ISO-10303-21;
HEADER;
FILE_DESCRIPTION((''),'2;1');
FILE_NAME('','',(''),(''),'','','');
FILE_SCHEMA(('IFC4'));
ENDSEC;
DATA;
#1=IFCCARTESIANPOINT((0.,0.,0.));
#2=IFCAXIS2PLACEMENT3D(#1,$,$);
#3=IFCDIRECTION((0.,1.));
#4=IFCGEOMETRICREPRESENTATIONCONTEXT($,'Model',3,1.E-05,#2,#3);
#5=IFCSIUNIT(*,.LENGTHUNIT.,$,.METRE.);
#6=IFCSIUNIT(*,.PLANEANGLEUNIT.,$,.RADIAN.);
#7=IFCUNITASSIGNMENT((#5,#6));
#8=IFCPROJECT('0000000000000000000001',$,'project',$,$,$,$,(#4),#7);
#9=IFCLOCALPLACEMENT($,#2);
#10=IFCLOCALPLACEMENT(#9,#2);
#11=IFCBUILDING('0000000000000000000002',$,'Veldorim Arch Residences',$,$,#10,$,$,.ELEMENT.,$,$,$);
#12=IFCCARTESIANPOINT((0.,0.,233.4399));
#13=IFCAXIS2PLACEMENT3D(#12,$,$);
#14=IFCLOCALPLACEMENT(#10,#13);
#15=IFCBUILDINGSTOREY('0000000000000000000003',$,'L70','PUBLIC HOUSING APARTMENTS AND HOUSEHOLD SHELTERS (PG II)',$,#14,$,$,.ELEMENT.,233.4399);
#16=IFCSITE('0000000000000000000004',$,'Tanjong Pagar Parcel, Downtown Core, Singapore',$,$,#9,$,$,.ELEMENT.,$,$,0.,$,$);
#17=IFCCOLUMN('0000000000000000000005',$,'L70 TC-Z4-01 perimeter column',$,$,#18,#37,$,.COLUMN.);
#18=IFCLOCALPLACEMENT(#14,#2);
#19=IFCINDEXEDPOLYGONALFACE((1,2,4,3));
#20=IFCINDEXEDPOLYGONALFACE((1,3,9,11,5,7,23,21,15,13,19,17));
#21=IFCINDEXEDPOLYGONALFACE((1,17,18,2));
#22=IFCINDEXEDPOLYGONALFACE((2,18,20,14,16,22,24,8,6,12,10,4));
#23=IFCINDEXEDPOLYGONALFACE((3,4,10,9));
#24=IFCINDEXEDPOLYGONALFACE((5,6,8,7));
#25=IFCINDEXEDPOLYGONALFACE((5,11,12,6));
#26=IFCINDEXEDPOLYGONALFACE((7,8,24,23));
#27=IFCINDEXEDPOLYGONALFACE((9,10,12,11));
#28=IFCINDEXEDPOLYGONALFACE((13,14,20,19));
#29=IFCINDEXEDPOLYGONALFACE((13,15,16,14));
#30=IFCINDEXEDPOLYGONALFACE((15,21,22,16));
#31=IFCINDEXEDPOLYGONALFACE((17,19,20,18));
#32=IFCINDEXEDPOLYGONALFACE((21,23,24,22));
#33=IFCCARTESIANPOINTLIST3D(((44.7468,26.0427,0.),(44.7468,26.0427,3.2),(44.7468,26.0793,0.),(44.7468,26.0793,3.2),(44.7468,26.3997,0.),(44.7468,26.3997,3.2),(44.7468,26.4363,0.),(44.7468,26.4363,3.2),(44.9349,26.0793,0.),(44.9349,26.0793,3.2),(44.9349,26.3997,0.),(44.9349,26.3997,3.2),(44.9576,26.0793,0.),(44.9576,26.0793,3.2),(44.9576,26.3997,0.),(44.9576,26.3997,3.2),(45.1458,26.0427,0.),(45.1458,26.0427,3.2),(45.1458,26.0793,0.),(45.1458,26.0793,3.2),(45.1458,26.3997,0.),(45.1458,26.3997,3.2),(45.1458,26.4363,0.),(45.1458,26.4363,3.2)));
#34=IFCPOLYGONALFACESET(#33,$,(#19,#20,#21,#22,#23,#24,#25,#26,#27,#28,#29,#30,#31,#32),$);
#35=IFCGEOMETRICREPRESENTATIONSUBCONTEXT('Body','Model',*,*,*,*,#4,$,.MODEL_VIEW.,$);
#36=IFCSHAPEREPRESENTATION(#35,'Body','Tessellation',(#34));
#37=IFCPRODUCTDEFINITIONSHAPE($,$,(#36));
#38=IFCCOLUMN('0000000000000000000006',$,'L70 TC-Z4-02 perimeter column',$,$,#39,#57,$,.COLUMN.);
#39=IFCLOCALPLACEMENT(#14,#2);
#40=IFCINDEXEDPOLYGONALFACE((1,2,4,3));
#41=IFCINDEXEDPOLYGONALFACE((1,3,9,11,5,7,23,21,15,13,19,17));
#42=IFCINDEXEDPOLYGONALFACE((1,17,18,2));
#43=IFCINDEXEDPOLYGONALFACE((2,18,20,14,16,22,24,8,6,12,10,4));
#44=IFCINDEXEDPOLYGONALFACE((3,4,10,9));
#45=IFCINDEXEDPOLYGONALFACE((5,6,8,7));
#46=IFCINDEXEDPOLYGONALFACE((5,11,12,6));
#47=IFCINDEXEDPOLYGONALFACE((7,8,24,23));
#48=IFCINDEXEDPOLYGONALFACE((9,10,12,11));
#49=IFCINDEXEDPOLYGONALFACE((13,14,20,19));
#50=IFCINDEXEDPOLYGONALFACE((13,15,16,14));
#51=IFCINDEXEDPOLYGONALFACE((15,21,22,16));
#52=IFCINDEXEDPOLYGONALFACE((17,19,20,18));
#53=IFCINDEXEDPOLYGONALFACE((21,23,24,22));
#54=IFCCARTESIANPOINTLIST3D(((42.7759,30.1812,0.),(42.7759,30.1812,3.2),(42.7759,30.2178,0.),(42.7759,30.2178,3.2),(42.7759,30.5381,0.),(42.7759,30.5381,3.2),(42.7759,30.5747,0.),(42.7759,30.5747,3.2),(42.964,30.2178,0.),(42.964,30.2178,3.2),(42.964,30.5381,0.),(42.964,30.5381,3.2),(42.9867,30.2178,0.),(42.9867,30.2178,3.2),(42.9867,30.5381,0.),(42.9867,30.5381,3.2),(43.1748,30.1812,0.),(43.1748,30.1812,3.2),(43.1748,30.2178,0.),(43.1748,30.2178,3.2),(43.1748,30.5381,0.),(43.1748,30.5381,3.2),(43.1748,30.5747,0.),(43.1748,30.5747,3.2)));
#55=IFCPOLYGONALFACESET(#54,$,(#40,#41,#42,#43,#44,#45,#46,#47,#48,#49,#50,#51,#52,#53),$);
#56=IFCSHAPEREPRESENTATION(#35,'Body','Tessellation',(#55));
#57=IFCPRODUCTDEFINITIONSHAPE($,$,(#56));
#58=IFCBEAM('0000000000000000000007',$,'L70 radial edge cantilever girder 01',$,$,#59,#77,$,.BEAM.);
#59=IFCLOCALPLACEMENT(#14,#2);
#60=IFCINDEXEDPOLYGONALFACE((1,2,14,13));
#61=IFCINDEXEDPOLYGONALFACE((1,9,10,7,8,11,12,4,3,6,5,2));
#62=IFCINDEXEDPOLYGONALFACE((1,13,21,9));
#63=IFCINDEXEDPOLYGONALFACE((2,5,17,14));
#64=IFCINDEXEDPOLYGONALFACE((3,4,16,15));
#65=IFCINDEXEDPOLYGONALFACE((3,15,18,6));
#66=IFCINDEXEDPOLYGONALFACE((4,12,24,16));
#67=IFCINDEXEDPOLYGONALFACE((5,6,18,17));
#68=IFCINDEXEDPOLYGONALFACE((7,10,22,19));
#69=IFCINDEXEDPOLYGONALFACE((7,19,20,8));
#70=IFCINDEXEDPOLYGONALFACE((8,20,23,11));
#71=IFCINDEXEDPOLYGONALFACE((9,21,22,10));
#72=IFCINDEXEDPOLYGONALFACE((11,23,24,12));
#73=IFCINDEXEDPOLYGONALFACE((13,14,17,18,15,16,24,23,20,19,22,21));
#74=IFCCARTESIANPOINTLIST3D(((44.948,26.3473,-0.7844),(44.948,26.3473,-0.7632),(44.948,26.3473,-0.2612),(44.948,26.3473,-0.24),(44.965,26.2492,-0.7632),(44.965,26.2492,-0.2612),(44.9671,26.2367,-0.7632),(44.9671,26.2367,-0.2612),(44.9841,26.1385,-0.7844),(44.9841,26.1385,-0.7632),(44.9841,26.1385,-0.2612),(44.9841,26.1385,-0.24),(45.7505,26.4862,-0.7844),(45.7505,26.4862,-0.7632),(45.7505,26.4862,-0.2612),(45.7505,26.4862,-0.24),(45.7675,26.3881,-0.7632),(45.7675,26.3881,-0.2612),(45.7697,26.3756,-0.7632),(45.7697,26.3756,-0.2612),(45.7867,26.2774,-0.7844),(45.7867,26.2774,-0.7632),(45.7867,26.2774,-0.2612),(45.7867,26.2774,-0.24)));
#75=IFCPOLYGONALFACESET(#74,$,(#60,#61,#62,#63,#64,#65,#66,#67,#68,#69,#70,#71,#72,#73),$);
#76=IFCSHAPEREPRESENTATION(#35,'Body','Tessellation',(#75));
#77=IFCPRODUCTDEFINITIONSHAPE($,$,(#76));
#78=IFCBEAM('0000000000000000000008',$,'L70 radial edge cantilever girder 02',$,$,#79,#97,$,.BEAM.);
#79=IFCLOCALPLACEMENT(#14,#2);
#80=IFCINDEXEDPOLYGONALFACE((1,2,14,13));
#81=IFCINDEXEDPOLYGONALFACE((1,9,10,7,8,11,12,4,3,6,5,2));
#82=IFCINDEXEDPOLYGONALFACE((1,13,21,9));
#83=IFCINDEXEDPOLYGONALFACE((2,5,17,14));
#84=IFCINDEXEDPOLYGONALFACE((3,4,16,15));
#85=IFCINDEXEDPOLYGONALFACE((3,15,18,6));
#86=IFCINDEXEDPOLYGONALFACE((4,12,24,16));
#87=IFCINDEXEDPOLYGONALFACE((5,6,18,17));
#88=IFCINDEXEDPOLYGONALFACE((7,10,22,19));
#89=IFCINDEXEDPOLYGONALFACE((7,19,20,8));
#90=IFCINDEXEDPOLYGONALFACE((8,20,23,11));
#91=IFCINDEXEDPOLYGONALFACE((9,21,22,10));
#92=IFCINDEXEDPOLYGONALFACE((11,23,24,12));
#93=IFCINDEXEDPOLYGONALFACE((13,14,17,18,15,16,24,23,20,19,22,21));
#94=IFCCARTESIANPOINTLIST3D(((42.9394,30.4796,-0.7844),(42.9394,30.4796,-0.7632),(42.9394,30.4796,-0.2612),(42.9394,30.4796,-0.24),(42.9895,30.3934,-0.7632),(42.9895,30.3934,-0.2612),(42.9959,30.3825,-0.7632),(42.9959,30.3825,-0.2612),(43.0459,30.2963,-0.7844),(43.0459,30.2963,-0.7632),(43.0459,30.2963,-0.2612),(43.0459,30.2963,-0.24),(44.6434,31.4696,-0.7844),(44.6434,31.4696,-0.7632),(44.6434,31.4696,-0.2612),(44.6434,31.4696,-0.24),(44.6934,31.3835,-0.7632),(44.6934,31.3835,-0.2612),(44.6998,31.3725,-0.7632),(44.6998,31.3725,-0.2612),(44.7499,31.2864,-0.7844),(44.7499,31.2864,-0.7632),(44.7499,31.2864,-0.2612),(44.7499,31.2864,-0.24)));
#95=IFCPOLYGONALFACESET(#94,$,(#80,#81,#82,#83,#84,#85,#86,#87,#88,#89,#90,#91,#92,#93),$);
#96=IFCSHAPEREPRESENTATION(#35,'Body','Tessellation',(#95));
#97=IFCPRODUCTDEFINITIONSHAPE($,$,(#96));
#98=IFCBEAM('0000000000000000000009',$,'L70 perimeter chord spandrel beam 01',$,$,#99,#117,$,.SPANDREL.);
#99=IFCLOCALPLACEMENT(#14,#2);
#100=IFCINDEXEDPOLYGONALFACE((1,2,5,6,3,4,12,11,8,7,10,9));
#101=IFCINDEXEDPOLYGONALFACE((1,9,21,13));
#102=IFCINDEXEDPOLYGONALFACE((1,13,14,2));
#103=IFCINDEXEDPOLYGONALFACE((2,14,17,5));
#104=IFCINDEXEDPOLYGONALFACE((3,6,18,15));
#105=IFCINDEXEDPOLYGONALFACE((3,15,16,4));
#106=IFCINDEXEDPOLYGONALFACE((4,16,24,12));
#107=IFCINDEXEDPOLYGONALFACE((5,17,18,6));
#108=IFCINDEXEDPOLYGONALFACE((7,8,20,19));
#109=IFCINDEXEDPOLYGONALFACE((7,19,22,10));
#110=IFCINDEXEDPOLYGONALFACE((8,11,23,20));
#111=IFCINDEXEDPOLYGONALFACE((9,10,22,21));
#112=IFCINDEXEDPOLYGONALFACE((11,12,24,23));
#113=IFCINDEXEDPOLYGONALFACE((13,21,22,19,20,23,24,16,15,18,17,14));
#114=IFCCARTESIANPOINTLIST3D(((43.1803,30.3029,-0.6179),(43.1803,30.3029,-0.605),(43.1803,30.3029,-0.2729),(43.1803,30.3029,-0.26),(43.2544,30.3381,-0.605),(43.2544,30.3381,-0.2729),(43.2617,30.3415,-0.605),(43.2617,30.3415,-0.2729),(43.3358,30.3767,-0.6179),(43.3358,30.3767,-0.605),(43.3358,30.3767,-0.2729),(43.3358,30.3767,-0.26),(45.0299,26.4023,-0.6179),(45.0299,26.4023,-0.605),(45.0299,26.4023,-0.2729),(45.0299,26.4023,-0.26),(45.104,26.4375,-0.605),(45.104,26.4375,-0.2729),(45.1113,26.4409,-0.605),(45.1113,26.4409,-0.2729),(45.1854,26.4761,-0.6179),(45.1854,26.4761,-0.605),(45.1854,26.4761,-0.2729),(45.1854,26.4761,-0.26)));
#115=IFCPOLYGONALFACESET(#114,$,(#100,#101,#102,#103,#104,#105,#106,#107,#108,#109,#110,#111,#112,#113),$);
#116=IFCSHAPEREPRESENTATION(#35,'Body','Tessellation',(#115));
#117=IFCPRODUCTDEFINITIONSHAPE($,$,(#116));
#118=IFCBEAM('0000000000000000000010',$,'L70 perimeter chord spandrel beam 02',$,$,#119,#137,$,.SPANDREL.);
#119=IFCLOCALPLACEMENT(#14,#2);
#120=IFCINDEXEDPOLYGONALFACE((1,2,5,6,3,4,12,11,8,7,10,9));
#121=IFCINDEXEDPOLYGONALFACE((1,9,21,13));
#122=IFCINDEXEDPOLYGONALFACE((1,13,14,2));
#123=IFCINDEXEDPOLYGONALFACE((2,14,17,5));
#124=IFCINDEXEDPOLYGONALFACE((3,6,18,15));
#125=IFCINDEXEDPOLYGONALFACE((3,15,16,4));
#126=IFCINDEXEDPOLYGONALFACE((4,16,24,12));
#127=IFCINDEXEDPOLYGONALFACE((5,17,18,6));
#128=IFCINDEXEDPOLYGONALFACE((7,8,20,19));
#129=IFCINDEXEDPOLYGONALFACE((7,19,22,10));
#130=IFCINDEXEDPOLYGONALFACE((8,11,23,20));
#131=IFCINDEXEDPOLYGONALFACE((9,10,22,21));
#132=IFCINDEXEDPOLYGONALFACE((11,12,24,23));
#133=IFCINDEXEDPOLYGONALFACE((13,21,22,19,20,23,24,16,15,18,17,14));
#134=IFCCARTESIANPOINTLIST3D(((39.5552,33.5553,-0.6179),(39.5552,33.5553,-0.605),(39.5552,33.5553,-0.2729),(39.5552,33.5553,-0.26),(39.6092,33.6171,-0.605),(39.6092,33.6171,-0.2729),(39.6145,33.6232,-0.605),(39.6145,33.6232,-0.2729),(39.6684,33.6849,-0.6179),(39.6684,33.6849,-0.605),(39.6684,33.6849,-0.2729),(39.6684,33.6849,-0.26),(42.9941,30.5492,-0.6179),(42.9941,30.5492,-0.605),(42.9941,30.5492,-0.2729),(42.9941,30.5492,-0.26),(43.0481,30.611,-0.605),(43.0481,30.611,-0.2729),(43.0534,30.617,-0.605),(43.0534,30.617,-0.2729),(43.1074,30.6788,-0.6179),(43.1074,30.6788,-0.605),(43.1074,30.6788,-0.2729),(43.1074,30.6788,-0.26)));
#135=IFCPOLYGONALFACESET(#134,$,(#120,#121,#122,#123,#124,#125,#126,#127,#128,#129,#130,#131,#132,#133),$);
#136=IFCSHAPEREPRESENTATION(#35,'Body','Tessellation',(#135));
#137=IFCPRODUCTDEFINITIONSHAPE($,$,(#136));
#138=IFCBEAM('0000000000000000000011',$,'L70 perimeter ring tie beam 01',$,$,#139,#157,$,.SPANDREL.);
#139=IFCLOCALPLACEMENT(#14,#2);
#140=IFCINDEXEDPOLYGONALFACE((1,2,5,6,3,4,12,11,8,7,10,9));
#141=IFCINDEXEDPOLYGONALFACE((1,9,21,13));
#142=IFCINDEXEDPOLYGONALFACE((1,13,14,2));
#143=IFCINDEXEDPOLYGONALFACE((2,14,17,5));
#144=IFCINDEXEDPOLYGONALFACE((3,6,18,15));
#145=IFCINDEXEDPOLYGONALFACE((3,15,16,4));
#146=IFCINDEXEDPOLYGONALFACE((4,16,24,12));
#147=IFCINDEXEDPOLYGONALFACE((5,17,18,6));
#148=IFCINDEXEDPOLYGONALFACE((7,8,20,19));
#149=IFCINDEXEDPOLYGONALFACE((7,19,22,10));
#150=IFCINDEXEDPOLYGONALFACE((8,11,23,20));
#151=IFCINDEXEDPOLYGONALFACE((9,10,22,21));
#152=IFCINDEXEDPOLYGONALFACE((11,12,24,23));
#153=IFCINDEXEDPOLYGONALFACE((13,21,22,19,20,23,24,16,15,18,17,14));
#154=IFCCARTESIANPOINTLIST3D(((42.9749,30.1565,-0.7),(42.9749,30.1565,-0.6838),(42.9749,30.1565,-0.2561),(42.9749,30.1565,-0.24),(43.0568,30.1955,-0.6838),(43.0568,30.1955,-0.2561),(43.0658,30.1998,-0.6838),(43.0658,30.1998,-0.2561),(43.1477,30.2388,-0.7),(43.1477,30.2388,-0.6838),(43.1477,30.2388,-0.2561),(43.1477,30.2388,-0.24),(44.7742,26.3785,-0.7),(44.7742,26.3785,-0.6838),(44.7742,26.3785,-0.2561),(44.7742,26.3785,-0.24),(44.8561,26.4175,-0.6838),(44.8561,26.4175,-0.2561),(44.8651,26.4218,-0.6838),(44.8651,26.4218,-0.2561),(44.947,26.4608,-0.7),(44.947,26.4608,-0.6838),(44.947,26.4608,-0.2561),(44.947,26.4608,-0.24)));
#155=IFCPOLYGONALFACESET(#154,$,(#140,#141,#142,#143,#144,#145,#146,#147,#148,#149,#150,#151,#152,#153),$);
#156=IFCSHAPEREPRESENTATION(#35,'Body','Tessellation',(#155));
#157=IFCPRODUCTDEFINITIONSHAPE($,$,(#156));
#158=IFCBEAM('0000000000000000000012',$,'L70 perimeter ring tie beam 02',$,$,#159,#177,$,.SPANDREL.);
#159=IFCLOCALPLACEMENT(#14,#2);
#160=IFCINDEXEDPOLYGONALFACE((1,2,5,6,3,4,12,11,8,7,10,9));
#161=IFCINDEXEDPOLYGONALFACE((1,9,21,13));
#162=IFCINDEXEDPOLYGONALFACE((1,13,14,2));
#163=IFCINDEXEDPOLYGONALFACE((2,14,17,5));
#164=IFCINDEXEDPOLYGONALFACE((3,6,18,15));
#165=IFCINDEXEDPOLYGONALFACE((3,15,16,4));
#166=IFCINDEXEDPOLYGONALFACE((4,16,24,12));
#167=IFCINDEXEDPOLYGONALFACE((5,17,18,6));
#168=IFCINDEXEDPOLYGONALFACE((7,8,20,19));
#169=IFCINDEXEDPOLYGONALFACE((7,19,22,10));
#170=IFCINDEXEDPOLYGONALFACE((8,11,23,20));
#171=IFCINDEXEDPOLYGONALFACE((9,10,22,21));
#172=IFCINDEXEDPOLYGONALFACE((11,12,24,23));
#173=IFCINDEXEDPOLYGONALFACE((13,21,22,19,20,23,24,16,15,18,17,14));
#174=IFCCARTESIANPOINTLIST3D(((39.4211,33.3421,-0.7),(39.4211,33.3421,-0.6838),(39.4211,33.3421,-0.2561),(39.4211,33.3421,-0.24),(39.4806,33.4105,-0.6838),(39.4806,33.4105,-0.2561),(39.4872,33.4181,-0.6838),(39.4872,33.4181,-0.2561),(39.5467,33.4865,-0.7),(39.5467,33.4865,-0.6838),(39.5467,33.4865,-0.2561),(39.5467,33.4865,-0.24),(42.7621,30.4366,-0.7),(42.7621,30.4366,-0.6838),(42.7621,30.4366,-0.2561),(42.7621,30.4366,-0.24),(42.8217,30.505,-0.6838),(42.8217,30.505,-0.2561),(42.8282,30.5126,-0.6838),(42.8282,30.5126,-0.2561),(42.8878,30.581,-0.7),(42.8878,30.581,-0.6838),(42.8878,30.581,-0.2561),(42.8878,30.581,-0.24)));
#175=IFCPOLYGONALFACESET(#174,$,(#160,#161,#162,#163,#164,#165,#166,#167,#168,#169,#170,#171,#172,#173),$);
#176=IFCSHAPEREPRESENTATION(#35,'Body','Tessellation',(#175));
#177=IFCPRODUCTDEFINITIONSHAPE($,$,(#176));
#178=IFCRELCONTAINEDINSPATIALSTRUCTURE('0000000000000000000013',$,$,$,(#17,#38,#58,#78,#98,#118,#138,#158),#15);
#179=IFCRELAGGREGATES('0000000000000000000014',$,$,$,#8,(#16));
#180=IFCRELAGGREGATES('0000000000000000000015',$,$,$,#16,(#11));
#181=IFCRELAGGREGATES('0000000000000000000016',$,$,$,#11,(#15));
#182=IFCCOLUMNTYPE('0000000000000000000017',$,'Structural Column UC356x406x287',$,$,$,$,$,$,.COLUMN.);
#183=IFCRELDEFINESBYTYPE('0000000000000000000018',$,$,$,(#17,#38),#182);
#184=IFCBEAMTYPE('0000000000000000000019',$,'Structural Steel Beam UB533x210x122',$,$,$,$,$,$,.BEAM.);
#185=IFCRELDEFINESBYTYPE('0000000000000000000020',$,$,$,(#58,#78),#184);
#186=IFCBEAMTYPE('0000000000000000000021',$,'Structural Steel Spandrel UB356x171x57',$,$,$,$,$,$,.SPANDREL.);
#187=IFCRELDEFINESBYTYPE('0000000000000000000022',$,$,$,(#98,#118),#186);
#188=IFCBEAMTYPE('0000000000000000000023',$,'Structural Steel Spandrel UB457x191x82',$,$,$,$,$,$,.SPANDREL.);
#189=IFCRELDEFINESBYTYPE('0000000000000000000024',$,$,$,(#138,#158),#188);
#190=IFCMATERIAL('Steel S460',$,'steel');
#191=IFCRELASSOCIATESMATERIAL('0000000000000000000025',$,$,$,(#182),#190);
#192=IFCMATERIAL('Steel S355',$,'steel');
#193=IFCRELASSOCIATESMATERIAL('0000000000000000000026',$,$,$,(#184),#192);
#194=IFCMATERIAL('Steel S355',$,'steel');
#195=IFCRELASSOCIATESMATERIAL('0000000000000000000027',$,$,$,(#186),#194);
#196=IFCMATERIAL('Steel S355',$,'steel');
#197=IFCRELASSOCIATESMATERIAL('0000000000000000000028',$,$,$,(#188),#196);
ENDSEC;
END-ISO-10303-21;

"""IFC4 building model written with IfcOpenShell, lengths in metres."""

from ifc_helpers import new_model, si_unit, direction, frame, origin, origin_2d, place, context, subcontext, project, spatial, i_section, extrude, material, material_profile, profile_set, type_object, element, save


model = new_model("IFC4")

# Units and contexts
model_context = context("Model", 3, precision=1e-05, world=origin(), true_north=direction((0.0, 1.0)))
body_context = subcontext(model_context, "Body", "Model", "MODEL_VIEW")
ifc_project = project(units=[si_unit("LENGTHUNIT", "METRE"), si_unit("PLANEANGLEUNIT", "RADIAN")], contexts=[model_context])

# Site, building, storey
site_placement = place(None, origin())
site = spatial("IfcSite", under=ifc_project, at=site_placement, Name="Tanjong Pagar Parcel, Downtown Core, Singapore", CompositionType="ELEMENT", RefElevation=0.0)
building_placement = place(site_placement, origin())
building = spatial("IfcBuilding", under=site, at=building_placement, Name="Veldorim Arch Residences", CompositionType="ELEMENT")
storey_placement = place(building_placement, frame((0.0, 0.0, 233.4399)))
storey = spatial("IfcBuildingStorey", under=building, at=storey_placement, Name="L70", Description="PUBLIC HOUSING APARTMENTS AND HOUSEHOLD SHELTERS (PG II)", CompositionType="ELEMENT", Elevation=233.4399)

# Columns
ifc_material_1 = material(Name="Steel S460", Category="steel")
ifc_material_profile_1 = material_profile(ifc_material_1, i_section(OverallWidth=0.3989, OverallDepth=0.3936, WebThickness=0.0227, FlangeThickness=0.0366, at=origin_2d()), Name="UC356x406x287")
ifc_profile_set_1 = profile_set([ifc_material_profile_1], Name="Steel S460")
column_type = type_object("IfcColumnType", Name="Structural Column UC356x406x287", PredefinedType="COLUMN", material=ifc_profile_set_1)
for number, where, z_axis, x_axis, name in (
    (1, (44.9463, 26.2395, 0.0), (0.0, 0.0, 1.0), (1.0, 0.0, 0.0), "L70 TC-Z4-01 perimeter column"),
    (2, (42.9753, 30.3779, 0.0), (0.0, 0.0, 1.0), (1.0, 0.0, 0.0), "L70 TC-Z4-02 perimeter column"),
):
    element("IfcColumn", number, at=place(storey_placement, frame(where, z_axis=z_axis, x_axis=x_axis)), inside=storey, type_object=column_type, Name=name, PredefinedType="COLUMN", context=body_context, shape_type="SweptSolid", body=[
        extrude(i_section(OverallWidth=0.3989, OverallDepth=0.3936, WebThickness=0.0227, FlangeThickness=0.0366, at=origin_2d()), origin(), (0.0, 0.0, 1.0), 3.2),
    ])

# Beams
ifc_material_2 = material(Name="Steel S355", Category="steel")
ifc_material_profile_2 = material_profile(ifc_material_2, i_section(OverallWidth=0.2119, OverallDepth=0.5444, WebThickness=0.0127, FlangeThickness=0.0212, at=origin_2d()), Name="UB533x210x122")
ifc_profile_set_2 = profile_set([ifc_material_profile_2], Name="Steel S355")
beam_type_1 = type_object("IfcBeamType", Name="Structural Steel Beam UB533x210x122", PredefinedType="BEAM", material=ifc_profile_set_2)
beam_1_placement = place(storey_placement, frame((44.9661, 26.2429, -0.5122), z_axis=(0.985346, 0.170569, 0.0), x_axis=(-0.170569, 0.985346, 0.0)))
element("IfcBeam", 3, at=beam_1_placement, inside=storey, type_object=beam_type_1, Name="L70 radial edge cantilever girder 01", PredefinedType="BEAM", context=body_context, shape_type="SweptSolid", body=[
    extrude(i_section(OverallWidth=0.2119, OverallDepth=0.5444, WebThickness=0.0127, FlangeThickness=0.0212, at=origin_2d()), origin(), (0.0, 0.0, 1.0), 0.8145),
])
beam_2_placement = place(storey_placement, frame((42.9927, 30.3879, -0.5122), z_axis=(0.864645, 0.502384, 0.0), x_axis=(-0.502384, 0.864645, 0.0)))
element("IfcBeam", 4, at=beam_2_placement, inside=storey, type_object=beam_type_1, Name="L70 radial edge cantilever girder 02", PredefinedType="BEAM", context=body_context, shape_type="SweptSolid", body=[
    extrude(i_section(OverallWidth=0.2119, OverallDepth=0.5444, WebThickness=0.0127, FlangeThickness=0.0212, at=origin_2d()), origin(), (0.0, 0.0, 1.0), 1.9707),
])
ifc_material_3 = material(Name="Steel S355", Category="steel")
ifc_material_profile_3 = material_profile(ifc_material_3, i_section(OverallWidth=0.1721, OverallDepth=0.3579, WebThickness=0.0081, FlangeThickness=0.0129, at=origin_2d()), Name="UB356x171x57")
ifc_profile_set_3 = profile_set([ifc_material_profile_3], Name="Steel S355")
beam_type_2 = type_object("IfcBeamType", Name="Structural Steel Spandrel UB356x171x57", PredefinedType="SPANDREL", material=ifc_profile_set_3)
beam_3_placement = place(storey_placement, frame((45.1077, 26.4392, -0.439), z_axis=(-0.428453, 0.903564, 0.0), x_axis=(-0.903564, -0.428453, 0.0)))
element("IfcBeam", 5, at=beam_3_placement, inside=storey, type_object=beam_type_2, Name="L70 perimeter chord spandrel beam 01", PredefinedType="SPANDREL", context=body_context, shape_type="SweptSolid", body=[
    extrude(i_section(OverallWidth=0.1721, OverallDepth=0.3579, WebThickness=0.0081, FlangeThickness=0.0129, at=origin_2d()), origin(), (0.0, 0.0, 1.0), 4.3169),
])
beam_4_placement = place(storey_placement, frame((43.0508, 30.614, -0.439), z_axis=(-0.752901, 0.658134, 0.0), x_axis=(-0.658134, -0.752901, 0.0)))
element("IfcBeam", 6, at=beam_4_placement, inside=storey, type_object=beam_type_2, Name="L70 perimeter chord spandrel beam 02", PredefinedType="SPANDREL", context=body_context, shape_type="SweptSolid", body=[
    extrude(i_section(OverallWidth=0.1721, OverallDepth=0.3579, WebThickness=0.0081, FlangeThickness=0.0129, at=origin_2d()), origin(), (0.0, 0.0, 1.0), 4.5676),
])
ifc_material_4 = material(Name="Steel S355", Category="steel")
ifc_material_profile_4 = material_profile(ifc_material_4, i_section(OverallWidth=0.1914, OverallDepth=0.46, WebThickness=0.01, FlangeThickness=0.0161, at=origin_2d()), Name="UB457x191x82")
ifc_profile_set_4 = profile_set([ifc_material_profile_4], Name="Steel S355")
beam_type_3 = type_object("IfcBeamType", Name="Structural Steel Spandrel UB457x191x82", PredefinedType="SPANDREL", material=ifc_profile_set_4)
beam_5_placement = place(storey_placement, frame((44.8606, 26.4197, -0.47), z_axis=(-0.429979, 0.902839, 0.0), x_axis=(-0.902839, -0.429979, 0.0)))
element("IfcBeam", 7, at=beam_5_placement, inside=storey, type_object=beam_type_3, Name="L70 perimeter ring tie beam 01", PredefinedType="SPANDREL", context=body_context, shape_type="SweptSolid", body=[
    extrude(i_section(OverallWidth=0.1914, OverallDepth=0.46, WebThickness=0.01, FlangeThickness=0.0161, at=origin_2d()), origin(), (0.0, 0.0, 1.0), 4.1846),
])
beam_6_placement = place(storey_placement, frame((42.825, 30.5088, -0.47), z_axis=(-0.754578, 0.65621, 0.0), x_axis=(-0.65621, -0.754578, 0.0)))
element("IfcBeam", 8, at=beam_6_placement, inside=storey, type_object=beam_type_3, Name="L70 perimeter ring tie beam 02", PredefinedType="SPANDREL", context=body_context, shape_type="SweptSolid", body=[
    extrude(i_section(OverallWidth=0.1914, OverallDepth=0.46, WebThickness=0.01, FlangeThickness=0.0161, at=origin_2d()), origin(), (0.0, 0.0, 1.0), 4.4277),
])

save(model, "model.ifc")
